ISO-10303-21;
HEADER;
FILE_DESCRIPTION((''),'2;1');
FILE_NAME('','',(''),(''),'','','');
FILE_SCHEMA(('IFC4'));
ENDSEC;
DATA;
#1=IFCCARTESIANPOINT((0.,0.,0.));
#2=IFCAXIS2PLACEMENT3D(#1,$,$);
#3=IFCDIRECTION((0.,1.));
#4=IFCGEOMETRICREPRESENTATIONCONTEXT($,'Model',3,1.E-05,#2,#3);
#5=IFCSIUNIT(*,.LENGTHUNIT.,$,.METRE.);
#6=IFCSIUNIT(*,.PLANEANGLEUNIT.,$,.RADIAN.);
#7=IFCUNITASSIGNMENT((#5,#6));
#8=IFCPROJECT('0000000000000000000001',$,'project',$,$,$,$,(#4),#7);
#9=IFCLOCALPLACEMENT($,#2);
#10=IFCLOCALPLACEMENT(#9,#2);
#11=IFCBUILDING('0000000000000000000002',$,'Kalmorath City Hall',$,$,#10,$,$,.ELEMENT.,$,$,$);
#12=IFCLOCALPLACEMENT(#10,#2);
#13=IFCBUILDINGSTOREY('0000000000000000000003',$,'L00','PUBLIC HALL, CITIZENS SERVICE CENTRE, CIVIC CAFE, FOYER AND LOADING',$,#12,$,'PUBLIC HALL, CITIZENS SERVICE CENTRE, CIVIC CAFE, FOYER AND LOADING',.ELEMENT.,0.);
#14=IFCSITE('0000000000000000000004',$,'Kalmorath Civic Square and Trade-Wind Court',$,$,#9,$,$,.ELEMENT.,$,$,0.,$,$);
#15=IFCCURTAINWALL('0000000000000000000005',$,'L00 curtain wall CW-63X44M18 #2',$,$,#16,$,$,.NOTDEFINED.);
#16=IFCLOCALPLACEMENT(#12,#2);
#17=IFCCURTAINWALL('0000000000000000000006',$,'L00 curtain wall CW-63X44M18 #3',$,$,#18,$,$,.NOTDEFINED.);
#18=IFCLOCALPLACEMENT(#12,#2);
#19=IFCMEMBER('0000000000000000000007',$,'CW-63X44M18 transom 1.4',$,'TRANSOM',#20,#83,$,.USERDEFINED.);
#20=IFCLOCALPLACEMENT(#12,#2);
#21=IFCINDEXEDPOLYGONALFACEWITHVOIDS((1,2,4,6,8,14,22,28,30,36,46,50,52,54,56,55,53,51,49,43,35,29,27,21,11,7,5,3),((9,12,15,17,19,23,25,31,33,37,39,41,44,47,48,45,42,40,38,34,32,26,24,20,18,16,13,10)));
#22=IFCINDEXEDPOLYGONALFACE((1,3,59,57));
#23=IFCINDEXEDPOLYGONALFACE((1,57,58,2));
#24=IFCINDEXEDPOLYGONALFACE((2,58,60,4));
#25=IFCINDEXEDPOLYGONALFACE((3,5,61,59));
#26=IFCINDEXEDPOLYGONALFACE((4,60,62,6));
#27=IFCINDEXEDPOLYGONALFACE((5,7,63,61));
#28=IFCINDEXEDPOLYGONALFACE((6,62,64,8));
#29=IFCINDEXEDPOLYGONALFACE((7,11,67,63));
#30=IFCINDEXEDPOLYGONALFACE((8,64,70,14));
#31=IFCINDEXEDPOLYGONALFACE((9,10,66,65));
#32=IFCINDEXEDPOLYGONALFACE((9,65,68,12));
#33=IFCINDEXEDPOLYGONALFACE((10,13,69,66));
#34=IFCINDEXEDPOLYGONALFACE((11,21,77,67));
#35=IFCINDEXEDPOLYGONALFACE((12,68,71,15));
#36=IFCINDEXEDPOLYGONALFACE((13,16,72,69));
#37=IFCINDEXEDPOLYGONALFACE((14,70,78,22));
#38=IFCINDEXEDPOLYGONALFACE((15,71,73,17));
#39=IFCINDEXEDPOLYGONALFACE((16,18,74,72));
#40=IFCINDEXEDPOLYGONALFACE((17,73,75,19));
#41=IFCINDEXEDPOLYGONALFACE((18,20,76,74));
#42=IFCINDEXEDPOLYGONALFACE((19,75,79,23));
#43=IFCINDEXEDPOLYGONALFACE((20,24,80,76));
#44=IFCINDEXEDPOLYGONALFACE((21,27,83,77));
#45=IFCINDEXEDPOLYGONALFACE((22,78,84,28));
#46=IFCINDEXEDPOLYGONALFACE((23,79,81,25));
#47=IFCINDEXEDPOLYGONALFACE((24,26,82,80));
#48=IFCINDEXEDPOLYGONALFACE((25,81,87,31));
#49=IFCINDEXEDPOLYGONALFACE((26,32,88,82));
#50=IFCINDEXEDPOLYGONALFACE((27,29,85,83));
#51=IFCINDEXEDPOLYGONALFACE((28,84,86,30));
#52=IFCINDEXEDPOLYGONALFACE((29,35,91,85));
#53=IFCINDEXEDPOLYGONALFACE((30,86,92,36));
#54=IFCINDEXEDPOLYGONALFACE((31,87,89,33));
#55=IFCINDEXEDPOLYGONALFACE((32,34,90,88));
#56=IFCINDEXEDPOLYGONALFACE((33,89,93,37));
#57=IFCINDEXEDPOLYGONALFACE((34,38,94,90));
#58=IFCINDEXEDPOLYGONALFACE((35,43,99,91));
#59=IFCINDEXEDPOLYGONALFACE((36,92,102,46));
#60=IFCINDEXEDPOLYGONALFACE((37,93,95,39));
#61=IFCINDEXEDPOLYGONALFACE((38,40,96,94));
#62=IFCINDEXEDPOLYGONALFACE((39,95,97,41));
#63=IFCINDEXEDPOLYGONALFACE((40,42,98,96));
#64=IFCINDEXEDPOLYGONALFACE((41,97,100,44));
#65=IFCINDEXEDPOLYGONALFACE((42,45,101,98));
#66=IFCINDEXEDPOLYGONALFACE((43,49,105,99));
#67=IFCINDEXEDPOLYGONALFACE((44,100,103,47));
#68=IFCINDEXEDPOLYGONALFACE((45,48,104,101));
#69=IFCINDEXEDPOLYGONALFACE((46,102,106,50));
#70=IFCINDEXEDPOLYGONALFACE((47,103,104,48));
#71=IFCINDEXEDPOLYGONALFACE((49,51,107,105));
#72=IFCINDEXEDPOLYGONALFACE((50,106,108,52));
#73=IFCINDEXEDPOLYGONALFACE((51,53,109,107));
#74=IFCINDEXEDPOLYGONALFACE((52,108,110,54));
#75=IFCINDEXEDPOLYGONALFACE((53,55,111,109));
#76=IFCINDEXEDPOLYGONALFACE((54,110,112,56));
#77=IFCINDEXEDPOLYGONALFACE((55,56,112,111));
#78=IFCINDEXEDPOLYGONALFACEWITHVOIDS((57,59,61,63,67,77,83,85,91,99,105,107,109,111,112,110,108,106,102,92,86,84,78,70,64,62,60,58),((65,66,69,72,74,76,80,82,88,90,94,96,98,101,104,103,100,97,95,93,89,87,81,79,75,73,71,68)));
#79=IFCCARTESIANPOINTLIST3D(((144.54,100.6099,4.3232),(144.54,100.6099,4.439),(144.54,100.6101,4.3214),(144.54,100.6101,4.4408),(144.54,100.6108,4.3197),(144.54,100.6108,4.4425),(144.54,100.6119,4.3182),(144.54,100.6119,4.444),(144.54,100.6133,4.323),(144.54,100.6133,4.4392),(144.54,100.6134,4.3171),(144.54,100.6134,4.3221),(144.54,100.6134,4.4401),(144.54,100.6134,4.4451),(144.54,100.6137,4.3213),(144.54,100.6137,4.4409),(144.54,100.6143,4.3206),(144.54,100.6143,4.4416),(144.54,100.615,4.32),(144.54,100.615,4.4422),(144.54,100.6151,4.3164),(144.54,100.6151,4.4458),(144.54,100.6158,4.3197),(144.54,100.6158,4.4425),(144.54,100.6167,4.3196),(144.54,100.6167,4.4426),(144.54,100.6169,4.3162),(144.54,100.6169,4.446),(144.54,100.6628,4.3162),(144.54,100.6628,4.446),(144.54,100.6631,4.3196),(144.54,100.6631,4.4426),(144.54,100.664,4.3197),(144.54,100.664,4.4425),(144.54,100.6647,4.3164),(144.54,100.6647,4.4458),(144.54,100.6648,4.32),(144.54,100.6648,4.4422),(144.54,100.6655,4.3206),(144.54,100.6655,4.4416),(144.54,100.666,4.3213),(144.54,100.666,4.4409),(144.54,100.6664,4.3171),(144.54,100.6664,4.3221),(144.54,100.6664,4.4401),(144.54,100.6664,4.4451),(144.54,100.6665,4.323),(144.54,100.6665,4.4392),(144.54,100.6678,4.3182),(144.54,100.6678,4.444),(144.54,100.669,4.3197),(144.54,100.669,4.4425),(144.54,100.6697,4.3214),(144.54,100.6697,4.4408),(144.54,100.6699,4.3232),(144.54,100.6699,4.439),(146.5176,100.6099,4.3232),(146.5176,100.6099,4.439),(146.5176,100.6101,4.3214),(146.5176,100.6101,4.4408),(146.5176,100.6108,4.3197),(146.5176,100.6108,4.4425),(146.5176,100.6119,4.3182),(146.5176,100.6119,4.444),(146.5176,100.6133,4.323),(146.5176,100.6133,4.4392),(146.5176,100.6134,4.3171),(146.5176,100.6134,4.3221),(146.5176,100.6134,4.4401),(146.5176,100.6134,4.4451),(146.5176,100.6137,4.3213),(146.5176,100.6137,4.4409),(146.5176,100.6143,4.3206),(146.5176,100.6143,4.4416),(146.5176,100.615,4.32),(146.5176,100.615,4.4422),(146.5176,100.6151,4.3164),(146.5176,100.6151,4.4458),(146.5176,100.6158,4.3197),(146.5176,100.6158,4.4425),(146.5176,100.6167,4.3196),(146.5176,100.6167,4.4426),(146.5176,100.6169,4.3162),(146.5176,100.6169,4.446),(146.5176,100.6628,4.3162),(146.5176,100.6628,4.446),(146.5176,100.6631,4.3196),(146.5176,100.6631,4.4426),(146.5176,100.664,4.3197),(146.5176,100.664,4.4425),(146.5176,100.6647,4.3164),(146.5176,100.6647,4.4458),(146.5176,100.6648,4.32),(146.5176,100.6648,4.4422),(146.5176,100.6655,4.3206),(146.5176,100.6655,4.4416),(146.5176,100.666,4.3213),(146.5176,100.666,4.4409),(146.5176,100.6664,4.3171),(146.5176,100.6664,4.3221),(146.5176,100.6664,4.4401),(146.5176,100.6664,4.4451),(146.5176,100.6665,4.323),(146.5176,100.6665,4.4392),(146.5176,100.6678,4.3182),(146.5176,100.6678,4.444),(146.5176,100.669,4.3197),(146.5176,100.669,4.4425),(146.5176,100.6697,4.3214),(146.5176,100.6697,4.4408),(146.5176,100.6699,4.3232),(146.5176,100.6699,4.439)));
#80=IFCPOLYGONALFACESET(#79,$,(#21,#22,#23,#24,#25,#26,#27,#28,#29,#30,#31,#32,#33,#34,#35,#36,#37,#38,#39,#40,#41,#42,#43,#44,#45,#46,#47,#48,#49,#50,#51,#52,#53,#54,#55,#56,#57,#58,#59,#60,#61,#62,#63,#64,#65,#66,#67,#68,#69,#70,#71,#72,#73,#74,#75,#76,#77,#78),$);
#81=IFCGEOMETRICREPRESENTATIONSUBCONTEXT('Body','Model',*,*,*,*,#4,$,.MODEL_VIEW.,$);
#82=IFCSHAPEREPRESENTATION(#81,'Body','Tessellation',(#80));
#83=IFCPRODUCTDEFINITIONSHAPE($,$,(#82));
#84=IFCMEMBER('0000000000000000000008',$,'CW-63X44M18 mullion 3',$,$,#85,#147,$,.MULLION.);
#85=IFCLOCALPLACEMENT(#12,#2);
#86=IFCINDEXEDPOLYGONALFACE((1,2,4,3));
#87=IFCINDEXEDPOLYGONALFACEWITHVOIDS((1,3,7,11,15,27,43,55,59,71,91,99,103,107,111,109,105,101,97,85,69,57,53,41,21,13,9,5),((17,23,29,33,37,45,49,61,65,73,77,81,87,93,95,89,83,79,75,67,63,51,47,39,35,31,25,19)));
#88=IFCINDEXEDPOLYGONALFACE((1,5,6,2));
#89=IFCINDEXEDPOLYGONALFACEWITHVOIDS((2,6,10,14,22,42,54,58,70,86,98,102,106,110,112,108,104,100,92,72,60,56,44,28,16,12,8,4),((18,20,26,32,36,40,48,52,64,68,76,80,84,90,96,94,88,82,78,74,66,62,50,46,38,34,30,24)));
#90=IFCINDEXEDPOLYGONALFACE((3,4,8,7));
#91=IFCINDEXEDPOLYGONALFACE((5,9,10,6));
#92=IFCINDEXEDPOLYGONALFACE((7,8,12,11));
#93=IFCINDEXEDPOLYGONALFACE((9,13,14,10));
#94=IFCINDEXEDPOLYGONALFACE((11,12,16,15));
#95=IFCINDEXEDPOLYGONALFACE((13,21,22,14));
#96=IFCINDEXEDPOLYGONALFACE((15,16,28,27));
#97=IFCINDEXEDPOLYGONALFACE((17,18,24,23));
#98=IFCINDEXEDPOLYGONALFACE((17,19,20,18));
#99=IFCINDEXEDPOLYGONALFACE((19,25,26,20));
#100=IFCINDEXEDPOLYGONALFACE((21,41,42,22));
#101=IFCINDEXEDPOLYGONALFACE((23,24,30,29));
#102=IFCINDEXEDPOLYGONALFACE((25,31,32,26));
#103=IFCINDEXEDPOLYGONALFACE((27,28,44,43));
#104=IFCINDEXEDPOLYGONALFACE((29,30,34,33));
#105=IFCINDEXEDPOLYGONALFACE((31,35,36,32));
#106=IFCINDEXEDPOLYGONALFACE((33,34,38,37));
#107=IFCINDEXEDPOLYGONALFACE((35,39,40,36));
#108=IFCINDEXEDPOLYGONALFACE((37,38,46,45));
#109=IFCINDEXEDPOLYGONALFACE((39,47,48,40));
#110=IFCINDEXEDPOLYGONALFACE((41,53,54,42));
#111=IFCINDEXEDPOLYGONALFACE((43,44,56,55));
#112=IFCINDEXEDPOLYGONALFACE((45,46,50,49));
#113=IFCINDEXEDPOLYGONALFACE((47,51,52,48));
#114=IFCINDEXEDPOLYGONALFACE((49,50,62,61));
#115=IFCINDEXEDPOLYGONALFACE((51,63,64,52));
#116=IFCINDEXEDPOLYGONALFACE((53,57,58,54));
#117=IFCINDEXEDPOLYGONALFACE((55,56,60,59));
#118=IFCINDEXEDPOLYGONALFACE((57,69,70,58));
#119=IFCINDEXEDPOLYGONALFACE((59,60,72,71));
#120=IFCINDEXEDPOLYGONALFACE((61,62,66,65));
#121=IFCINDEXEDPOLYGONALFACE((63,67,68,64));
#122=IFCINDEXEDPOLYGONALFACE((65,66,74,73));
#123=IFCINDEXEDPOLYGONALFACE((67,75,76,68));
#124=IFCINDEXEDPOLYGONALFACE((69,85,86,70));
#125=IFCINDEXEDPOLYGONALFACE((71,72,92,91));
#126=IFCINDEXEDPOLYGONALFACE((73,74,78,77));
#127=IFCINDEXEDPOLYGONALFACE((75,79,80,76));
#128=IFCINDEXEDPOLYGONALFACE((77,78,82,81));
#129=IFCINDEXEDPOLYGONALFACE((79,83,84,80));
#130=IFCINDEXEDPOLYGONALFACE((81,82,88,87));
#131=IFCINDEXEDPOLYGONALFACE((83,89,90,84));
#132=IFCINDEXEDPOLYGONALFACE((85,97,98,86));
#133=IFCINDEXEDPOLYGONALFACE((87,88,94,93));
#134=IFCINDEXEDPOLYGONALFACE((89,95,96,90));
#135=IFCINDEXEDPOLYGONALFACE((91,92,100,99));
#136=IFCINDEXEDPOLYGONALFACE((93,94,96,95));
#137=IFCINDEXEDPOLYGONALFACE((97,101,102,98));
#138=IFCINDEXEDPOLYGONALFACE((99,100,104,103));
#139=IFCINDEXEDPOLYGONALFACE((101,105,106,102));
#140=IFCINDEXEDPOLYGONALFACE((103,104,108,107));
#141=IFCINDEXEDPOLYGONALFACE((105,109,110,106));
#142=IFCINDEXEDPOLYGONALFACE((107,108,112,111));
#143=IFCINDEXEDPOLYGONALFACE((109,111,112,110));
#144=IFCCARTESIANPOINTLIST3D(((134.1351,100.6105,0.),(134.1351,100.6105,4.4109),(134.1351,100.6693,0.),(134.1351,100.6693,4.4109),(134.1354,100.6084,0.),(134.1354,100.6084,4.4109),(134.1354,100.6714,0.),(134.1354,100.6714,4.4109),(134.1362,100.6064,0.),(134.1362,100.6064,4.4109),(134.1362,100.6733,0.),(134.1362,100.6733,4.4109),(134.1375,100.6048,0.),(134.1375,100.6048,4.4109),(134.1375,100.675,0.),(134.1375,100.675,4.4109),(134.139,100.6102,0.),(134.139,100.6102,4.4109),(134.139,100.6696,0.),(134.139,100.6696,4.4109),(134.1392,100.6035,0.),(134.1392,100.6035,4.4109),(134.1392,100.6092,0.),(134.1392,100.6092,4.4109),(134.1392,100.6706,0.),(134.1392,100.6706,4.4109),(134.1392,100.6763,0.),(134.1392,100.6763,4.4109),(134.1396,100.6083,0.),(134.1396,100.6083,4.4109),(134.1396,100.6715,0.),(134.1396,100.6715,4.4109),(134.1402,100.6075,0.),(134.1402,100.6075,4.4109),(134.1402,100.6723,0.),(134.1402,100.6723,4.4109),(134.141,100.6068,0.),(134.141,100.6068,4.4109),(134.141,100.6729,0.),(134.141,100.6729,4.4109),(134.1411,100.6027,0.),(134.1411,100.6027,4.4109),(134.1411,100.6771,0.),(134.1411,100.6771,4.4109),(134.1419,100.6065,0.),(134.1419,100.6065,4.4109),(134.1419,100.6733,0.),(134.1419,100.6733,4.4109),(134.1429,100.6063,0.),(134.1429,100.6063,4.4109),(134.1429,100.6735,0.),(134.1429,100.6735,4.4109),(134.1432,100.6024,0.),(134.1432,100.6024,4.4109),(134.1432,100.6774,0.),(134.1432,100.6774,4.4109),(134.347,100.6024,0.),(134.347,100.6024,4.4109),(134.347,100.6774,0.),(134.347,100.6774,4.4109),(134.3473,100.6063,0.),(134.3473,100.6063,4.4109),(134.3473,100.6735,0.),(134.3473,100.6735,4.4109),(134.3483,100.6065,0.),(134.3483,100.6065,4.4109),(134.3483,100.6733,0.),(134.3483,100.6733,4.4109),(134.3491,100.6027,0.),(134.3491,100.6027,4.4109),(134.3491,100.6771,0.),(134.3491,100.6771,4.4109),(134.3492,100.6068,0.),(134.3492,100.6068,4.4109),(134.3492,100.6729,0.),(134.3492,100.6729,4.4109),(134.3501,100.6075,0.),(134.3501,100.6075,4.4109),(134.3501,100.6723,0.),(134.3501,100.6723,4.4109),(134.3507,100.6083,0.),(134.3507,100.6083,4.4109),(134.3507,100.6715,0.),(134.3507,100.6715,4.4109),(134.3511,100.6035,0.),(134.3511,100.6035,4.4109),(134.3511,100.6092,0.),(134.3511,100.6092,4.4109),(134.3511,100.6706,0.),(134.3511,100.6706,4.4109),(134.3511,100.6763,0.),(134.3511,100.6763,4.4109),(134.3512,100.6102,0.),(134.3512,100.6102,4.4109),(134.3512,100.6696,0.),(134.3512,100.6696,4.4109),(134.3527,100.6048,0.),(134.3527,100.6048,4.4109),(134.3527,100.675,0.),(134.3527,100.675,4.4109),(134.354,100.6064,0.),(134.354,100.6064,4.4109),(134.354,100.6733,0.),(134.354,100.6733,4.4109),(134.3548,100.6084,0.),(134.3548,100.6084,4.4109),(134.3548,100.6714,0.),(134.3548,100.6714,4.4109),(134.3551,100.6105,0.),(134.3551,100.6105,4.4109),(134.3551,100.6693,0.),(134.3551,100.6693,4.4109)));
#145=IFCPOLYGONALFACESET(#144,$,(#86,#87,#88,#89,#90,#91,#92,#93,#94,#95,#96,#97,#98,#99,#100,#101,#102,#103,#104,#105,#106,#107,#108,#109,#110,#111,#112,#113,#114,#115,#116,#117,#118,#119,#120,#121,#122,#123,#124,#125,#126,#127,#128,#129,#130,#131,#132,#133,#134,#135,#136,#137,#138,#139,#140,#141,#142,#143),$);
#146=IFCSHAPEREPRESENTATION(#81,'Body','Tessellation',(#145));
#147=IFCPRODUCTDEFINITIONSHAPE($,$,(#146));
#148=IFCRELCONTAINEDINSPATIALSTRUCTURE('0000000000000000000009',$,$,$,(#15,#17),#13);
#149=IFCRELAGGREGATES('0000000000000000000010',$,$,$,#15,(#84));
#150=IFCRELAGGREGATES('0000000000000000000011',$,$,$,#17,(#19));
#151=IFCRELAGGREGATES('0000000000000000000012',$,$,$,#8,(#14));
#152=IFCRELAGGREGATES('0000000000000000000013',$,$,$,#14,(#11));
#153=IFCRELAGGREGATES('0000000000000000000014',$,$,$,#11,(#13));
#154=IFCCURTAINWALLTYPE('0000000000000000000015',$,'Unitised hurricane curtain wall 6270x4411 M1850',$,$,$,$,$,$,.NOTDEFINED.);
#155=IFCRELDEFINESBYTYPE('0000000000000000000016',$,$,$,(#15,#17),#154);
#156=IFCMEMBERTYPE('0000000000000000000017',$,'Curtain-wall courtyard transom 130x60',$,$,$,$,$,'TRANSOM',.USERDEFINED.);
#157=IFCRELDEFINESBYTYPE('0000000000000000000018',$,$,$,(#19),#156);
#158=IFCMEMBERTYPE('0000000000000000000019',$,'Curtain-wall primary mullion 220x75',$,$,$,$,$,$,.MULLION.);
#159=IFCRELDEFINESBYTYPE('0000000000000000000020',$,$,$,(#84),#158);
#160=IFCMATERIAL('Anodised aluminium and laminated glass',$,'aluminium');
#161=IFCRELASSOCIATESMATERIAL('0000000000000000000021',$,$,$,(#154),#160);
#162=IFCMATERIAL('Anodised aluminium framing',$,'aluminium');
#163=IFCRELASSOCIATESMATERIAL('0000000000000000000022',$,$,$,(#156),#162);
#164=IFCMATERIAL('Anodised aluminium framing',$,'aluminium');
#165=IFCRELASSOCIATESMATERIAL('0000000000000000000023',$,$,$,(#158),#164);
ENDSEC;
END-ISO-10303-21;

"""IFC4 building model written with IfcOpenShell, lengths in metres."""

from ifc_helpers import new_model, si_unit, direction, frame, origin, origin_2d, place, context, subcontext, project, spatial, hollow_rectangle, extrude, material, material_profile, profile_set, type_object, element, aggregate, save


model = new_model("IFC4")

# Units and contexts
model_context = context("Model", 3, precision=1e-05, world=origin(), true_north=direction((0.0, 1.0)))
body_context = subcontext(model_context, "Body", "Model", "MODEL_VIEW")
ifc_project = project(units=[si_unit("LENGTHUNIT", "METRE"), si_unit("PLANEANGLEUNIT", "RADIAN")], contexts=[model_context])

# Site, building, storey
site_placement = place(None, origin())
site = spatial("IfcSite", under=ifc_project, at=site_placement, Name="Kalmorath Civic Square and Trade-Wind Court", CompositionType="ELEMENT", RefElevation=0.0)
building_placement = place(site_placement, origin())
building = spatial("IfcBuilding", under=site, at=building_placement, Name="Kalmorath City Hall", CompositionType="ELEMENT")
storey_placement = place(building_placement, origin())
storey = spatial("IfcBuildingStorey", under=building, at=storey_placement, Name="L00", Description="PUBLIC HALL, CITIZENS SERVICE CENTRE, CIVIC CAFE, FOYER AND LOADING", LongName="PUBLIC HALL, CITIZENS SERVICE CENTRE, CIVIC CAFE, FOYER AND LOADING", CompositionType="ELEMENT", Elevation=0.0)

# Curtain walls, member
ifc_material_1 = material(Name="Anodised aluminium and laminated glass", Category="aluminium")
curtain_wall_type = type_object("IfcCurtainWallType", Name="Unitised hurricane curtain wall 6270x4411 M1850", PredefinedType="NOTDEFINED", material=ifc_material_1)
curtain_wall_1_placement = place(storey_placement, origin())
curtain_wall_1 = element("IfcCurtainWall", 1, at=curtain_wall_1_placement, inside=storey, type_object=curtain_wall_type, Name="L00 curtain wall CW-63X44M18 #2", PredefinedType="NOTDEFINED")
ifc_material_2 = material(Name="Anodised aluminium framing", Category="aluminium")
ifc_material_profile_1 = material_profile(ifc_material_2, hollow_rectangle(XDim=0.0601, YDim=0.1299, WallThickness=0.0034, InnerFilletRadius=0.0034, OuterFilletRadius=0.0071, at=origin_2d()), Name="ALU-TRN-130X60X3.5")
ifc_profile_set_1 = profile_set([ifc_material_profile_1], Name="Anodised aluminium framing")
member_type_1 = type_object("IfcMemberType", Name="Curtain-wall courtyard transom 130x60", ElementType="TRANSOM", PredefinedType="USERDEFINED", material=ifc_profile_set_1)
curtain_wall_2_placement = place(storey_placement, origin())
curtain_wall_2 = element("IfcCurtainWall", 2, at=curtain_wall_2_placement, inside=storey, type_object=curtain_wall_type, Name="L00 curtain wall CW-63X44M18 #3", PredefinedType="NOTDEFINED")
member_1_placement = place(storey_placement, frame((144.54, 100.6399, 4.3811), z_axis=(1.0, 0.0, 0.0), x_axis=(0.0, 1.0, 0.0)))
member_1 = element("IfcMember", 3, at=member_1_placement, type_object=member_type_1, Name="CW-63X44M18 transom 1.4", ObjectType="TRANSOM", PredefinedType="USERDEFINED", context=body_context, shape_type="SweptSolid", body=[
    extrude(hollow_rectangle(XDim=0.0601, YDim=0.1299, WallThickness=0.0034, InnerFilletRadius=0.0034, OuterFilletRadius=0.0071, at=origin_2d()), origin(), (0.0, 0.0, 1.0), 1.9775),
])

# Member
ifc_material_3 = material(Name="Anodised aluminium framing", Category="aluminium")
ifc_material_profile_2 = material_profile(ifc_material_3, hollow_rectangle(XDim=0.075, YDim=0.22, WallThickness=0.0039, InnerFilletRadius=0.0039, OuterFilletRadius=0.0081, at=origin_2d()), Name="ALU-MUL-220X75X4")
ifc_profile_set_2 = profile_set([ifc_material_profile_2], Name="Anodised aluminium framing")
member_type_2 = type_object("IfcMemberType", Name="Curtain-wall primary mullion 220x75", PredefinedType="MULLION", material=ifc_profile_set_2)
member_2_placement = place(storey_placement, frame((134.2451, 100.6399, 0.0), z_axis=(0.0, 0.0, 1.0), x_axis=(0.0, 1.0, 0.0)))
member_2 = element("IfcMember", 4, at=member_2_placement, type_object=member_type_2, Name="CW-63X44M18 mullion 3", PredefinedType="MULLION", context=body_context, shape_type="SweptSolid", body=[
    extrude(hollow_rectangle(XDim=0.075, YDim=0.22, WallThickness=0.0039, InnerFilletRadius=0.0039, OuterFilletRadius=0.0081, at=origin_2d()), origin(), (0.0, 0.0, 1.0), 4.4109),
])

aggregate(curtain_wall_1, [member_2])
aggregate(curtain_wall_2, [member_1])

save(model, "model.ifc")
